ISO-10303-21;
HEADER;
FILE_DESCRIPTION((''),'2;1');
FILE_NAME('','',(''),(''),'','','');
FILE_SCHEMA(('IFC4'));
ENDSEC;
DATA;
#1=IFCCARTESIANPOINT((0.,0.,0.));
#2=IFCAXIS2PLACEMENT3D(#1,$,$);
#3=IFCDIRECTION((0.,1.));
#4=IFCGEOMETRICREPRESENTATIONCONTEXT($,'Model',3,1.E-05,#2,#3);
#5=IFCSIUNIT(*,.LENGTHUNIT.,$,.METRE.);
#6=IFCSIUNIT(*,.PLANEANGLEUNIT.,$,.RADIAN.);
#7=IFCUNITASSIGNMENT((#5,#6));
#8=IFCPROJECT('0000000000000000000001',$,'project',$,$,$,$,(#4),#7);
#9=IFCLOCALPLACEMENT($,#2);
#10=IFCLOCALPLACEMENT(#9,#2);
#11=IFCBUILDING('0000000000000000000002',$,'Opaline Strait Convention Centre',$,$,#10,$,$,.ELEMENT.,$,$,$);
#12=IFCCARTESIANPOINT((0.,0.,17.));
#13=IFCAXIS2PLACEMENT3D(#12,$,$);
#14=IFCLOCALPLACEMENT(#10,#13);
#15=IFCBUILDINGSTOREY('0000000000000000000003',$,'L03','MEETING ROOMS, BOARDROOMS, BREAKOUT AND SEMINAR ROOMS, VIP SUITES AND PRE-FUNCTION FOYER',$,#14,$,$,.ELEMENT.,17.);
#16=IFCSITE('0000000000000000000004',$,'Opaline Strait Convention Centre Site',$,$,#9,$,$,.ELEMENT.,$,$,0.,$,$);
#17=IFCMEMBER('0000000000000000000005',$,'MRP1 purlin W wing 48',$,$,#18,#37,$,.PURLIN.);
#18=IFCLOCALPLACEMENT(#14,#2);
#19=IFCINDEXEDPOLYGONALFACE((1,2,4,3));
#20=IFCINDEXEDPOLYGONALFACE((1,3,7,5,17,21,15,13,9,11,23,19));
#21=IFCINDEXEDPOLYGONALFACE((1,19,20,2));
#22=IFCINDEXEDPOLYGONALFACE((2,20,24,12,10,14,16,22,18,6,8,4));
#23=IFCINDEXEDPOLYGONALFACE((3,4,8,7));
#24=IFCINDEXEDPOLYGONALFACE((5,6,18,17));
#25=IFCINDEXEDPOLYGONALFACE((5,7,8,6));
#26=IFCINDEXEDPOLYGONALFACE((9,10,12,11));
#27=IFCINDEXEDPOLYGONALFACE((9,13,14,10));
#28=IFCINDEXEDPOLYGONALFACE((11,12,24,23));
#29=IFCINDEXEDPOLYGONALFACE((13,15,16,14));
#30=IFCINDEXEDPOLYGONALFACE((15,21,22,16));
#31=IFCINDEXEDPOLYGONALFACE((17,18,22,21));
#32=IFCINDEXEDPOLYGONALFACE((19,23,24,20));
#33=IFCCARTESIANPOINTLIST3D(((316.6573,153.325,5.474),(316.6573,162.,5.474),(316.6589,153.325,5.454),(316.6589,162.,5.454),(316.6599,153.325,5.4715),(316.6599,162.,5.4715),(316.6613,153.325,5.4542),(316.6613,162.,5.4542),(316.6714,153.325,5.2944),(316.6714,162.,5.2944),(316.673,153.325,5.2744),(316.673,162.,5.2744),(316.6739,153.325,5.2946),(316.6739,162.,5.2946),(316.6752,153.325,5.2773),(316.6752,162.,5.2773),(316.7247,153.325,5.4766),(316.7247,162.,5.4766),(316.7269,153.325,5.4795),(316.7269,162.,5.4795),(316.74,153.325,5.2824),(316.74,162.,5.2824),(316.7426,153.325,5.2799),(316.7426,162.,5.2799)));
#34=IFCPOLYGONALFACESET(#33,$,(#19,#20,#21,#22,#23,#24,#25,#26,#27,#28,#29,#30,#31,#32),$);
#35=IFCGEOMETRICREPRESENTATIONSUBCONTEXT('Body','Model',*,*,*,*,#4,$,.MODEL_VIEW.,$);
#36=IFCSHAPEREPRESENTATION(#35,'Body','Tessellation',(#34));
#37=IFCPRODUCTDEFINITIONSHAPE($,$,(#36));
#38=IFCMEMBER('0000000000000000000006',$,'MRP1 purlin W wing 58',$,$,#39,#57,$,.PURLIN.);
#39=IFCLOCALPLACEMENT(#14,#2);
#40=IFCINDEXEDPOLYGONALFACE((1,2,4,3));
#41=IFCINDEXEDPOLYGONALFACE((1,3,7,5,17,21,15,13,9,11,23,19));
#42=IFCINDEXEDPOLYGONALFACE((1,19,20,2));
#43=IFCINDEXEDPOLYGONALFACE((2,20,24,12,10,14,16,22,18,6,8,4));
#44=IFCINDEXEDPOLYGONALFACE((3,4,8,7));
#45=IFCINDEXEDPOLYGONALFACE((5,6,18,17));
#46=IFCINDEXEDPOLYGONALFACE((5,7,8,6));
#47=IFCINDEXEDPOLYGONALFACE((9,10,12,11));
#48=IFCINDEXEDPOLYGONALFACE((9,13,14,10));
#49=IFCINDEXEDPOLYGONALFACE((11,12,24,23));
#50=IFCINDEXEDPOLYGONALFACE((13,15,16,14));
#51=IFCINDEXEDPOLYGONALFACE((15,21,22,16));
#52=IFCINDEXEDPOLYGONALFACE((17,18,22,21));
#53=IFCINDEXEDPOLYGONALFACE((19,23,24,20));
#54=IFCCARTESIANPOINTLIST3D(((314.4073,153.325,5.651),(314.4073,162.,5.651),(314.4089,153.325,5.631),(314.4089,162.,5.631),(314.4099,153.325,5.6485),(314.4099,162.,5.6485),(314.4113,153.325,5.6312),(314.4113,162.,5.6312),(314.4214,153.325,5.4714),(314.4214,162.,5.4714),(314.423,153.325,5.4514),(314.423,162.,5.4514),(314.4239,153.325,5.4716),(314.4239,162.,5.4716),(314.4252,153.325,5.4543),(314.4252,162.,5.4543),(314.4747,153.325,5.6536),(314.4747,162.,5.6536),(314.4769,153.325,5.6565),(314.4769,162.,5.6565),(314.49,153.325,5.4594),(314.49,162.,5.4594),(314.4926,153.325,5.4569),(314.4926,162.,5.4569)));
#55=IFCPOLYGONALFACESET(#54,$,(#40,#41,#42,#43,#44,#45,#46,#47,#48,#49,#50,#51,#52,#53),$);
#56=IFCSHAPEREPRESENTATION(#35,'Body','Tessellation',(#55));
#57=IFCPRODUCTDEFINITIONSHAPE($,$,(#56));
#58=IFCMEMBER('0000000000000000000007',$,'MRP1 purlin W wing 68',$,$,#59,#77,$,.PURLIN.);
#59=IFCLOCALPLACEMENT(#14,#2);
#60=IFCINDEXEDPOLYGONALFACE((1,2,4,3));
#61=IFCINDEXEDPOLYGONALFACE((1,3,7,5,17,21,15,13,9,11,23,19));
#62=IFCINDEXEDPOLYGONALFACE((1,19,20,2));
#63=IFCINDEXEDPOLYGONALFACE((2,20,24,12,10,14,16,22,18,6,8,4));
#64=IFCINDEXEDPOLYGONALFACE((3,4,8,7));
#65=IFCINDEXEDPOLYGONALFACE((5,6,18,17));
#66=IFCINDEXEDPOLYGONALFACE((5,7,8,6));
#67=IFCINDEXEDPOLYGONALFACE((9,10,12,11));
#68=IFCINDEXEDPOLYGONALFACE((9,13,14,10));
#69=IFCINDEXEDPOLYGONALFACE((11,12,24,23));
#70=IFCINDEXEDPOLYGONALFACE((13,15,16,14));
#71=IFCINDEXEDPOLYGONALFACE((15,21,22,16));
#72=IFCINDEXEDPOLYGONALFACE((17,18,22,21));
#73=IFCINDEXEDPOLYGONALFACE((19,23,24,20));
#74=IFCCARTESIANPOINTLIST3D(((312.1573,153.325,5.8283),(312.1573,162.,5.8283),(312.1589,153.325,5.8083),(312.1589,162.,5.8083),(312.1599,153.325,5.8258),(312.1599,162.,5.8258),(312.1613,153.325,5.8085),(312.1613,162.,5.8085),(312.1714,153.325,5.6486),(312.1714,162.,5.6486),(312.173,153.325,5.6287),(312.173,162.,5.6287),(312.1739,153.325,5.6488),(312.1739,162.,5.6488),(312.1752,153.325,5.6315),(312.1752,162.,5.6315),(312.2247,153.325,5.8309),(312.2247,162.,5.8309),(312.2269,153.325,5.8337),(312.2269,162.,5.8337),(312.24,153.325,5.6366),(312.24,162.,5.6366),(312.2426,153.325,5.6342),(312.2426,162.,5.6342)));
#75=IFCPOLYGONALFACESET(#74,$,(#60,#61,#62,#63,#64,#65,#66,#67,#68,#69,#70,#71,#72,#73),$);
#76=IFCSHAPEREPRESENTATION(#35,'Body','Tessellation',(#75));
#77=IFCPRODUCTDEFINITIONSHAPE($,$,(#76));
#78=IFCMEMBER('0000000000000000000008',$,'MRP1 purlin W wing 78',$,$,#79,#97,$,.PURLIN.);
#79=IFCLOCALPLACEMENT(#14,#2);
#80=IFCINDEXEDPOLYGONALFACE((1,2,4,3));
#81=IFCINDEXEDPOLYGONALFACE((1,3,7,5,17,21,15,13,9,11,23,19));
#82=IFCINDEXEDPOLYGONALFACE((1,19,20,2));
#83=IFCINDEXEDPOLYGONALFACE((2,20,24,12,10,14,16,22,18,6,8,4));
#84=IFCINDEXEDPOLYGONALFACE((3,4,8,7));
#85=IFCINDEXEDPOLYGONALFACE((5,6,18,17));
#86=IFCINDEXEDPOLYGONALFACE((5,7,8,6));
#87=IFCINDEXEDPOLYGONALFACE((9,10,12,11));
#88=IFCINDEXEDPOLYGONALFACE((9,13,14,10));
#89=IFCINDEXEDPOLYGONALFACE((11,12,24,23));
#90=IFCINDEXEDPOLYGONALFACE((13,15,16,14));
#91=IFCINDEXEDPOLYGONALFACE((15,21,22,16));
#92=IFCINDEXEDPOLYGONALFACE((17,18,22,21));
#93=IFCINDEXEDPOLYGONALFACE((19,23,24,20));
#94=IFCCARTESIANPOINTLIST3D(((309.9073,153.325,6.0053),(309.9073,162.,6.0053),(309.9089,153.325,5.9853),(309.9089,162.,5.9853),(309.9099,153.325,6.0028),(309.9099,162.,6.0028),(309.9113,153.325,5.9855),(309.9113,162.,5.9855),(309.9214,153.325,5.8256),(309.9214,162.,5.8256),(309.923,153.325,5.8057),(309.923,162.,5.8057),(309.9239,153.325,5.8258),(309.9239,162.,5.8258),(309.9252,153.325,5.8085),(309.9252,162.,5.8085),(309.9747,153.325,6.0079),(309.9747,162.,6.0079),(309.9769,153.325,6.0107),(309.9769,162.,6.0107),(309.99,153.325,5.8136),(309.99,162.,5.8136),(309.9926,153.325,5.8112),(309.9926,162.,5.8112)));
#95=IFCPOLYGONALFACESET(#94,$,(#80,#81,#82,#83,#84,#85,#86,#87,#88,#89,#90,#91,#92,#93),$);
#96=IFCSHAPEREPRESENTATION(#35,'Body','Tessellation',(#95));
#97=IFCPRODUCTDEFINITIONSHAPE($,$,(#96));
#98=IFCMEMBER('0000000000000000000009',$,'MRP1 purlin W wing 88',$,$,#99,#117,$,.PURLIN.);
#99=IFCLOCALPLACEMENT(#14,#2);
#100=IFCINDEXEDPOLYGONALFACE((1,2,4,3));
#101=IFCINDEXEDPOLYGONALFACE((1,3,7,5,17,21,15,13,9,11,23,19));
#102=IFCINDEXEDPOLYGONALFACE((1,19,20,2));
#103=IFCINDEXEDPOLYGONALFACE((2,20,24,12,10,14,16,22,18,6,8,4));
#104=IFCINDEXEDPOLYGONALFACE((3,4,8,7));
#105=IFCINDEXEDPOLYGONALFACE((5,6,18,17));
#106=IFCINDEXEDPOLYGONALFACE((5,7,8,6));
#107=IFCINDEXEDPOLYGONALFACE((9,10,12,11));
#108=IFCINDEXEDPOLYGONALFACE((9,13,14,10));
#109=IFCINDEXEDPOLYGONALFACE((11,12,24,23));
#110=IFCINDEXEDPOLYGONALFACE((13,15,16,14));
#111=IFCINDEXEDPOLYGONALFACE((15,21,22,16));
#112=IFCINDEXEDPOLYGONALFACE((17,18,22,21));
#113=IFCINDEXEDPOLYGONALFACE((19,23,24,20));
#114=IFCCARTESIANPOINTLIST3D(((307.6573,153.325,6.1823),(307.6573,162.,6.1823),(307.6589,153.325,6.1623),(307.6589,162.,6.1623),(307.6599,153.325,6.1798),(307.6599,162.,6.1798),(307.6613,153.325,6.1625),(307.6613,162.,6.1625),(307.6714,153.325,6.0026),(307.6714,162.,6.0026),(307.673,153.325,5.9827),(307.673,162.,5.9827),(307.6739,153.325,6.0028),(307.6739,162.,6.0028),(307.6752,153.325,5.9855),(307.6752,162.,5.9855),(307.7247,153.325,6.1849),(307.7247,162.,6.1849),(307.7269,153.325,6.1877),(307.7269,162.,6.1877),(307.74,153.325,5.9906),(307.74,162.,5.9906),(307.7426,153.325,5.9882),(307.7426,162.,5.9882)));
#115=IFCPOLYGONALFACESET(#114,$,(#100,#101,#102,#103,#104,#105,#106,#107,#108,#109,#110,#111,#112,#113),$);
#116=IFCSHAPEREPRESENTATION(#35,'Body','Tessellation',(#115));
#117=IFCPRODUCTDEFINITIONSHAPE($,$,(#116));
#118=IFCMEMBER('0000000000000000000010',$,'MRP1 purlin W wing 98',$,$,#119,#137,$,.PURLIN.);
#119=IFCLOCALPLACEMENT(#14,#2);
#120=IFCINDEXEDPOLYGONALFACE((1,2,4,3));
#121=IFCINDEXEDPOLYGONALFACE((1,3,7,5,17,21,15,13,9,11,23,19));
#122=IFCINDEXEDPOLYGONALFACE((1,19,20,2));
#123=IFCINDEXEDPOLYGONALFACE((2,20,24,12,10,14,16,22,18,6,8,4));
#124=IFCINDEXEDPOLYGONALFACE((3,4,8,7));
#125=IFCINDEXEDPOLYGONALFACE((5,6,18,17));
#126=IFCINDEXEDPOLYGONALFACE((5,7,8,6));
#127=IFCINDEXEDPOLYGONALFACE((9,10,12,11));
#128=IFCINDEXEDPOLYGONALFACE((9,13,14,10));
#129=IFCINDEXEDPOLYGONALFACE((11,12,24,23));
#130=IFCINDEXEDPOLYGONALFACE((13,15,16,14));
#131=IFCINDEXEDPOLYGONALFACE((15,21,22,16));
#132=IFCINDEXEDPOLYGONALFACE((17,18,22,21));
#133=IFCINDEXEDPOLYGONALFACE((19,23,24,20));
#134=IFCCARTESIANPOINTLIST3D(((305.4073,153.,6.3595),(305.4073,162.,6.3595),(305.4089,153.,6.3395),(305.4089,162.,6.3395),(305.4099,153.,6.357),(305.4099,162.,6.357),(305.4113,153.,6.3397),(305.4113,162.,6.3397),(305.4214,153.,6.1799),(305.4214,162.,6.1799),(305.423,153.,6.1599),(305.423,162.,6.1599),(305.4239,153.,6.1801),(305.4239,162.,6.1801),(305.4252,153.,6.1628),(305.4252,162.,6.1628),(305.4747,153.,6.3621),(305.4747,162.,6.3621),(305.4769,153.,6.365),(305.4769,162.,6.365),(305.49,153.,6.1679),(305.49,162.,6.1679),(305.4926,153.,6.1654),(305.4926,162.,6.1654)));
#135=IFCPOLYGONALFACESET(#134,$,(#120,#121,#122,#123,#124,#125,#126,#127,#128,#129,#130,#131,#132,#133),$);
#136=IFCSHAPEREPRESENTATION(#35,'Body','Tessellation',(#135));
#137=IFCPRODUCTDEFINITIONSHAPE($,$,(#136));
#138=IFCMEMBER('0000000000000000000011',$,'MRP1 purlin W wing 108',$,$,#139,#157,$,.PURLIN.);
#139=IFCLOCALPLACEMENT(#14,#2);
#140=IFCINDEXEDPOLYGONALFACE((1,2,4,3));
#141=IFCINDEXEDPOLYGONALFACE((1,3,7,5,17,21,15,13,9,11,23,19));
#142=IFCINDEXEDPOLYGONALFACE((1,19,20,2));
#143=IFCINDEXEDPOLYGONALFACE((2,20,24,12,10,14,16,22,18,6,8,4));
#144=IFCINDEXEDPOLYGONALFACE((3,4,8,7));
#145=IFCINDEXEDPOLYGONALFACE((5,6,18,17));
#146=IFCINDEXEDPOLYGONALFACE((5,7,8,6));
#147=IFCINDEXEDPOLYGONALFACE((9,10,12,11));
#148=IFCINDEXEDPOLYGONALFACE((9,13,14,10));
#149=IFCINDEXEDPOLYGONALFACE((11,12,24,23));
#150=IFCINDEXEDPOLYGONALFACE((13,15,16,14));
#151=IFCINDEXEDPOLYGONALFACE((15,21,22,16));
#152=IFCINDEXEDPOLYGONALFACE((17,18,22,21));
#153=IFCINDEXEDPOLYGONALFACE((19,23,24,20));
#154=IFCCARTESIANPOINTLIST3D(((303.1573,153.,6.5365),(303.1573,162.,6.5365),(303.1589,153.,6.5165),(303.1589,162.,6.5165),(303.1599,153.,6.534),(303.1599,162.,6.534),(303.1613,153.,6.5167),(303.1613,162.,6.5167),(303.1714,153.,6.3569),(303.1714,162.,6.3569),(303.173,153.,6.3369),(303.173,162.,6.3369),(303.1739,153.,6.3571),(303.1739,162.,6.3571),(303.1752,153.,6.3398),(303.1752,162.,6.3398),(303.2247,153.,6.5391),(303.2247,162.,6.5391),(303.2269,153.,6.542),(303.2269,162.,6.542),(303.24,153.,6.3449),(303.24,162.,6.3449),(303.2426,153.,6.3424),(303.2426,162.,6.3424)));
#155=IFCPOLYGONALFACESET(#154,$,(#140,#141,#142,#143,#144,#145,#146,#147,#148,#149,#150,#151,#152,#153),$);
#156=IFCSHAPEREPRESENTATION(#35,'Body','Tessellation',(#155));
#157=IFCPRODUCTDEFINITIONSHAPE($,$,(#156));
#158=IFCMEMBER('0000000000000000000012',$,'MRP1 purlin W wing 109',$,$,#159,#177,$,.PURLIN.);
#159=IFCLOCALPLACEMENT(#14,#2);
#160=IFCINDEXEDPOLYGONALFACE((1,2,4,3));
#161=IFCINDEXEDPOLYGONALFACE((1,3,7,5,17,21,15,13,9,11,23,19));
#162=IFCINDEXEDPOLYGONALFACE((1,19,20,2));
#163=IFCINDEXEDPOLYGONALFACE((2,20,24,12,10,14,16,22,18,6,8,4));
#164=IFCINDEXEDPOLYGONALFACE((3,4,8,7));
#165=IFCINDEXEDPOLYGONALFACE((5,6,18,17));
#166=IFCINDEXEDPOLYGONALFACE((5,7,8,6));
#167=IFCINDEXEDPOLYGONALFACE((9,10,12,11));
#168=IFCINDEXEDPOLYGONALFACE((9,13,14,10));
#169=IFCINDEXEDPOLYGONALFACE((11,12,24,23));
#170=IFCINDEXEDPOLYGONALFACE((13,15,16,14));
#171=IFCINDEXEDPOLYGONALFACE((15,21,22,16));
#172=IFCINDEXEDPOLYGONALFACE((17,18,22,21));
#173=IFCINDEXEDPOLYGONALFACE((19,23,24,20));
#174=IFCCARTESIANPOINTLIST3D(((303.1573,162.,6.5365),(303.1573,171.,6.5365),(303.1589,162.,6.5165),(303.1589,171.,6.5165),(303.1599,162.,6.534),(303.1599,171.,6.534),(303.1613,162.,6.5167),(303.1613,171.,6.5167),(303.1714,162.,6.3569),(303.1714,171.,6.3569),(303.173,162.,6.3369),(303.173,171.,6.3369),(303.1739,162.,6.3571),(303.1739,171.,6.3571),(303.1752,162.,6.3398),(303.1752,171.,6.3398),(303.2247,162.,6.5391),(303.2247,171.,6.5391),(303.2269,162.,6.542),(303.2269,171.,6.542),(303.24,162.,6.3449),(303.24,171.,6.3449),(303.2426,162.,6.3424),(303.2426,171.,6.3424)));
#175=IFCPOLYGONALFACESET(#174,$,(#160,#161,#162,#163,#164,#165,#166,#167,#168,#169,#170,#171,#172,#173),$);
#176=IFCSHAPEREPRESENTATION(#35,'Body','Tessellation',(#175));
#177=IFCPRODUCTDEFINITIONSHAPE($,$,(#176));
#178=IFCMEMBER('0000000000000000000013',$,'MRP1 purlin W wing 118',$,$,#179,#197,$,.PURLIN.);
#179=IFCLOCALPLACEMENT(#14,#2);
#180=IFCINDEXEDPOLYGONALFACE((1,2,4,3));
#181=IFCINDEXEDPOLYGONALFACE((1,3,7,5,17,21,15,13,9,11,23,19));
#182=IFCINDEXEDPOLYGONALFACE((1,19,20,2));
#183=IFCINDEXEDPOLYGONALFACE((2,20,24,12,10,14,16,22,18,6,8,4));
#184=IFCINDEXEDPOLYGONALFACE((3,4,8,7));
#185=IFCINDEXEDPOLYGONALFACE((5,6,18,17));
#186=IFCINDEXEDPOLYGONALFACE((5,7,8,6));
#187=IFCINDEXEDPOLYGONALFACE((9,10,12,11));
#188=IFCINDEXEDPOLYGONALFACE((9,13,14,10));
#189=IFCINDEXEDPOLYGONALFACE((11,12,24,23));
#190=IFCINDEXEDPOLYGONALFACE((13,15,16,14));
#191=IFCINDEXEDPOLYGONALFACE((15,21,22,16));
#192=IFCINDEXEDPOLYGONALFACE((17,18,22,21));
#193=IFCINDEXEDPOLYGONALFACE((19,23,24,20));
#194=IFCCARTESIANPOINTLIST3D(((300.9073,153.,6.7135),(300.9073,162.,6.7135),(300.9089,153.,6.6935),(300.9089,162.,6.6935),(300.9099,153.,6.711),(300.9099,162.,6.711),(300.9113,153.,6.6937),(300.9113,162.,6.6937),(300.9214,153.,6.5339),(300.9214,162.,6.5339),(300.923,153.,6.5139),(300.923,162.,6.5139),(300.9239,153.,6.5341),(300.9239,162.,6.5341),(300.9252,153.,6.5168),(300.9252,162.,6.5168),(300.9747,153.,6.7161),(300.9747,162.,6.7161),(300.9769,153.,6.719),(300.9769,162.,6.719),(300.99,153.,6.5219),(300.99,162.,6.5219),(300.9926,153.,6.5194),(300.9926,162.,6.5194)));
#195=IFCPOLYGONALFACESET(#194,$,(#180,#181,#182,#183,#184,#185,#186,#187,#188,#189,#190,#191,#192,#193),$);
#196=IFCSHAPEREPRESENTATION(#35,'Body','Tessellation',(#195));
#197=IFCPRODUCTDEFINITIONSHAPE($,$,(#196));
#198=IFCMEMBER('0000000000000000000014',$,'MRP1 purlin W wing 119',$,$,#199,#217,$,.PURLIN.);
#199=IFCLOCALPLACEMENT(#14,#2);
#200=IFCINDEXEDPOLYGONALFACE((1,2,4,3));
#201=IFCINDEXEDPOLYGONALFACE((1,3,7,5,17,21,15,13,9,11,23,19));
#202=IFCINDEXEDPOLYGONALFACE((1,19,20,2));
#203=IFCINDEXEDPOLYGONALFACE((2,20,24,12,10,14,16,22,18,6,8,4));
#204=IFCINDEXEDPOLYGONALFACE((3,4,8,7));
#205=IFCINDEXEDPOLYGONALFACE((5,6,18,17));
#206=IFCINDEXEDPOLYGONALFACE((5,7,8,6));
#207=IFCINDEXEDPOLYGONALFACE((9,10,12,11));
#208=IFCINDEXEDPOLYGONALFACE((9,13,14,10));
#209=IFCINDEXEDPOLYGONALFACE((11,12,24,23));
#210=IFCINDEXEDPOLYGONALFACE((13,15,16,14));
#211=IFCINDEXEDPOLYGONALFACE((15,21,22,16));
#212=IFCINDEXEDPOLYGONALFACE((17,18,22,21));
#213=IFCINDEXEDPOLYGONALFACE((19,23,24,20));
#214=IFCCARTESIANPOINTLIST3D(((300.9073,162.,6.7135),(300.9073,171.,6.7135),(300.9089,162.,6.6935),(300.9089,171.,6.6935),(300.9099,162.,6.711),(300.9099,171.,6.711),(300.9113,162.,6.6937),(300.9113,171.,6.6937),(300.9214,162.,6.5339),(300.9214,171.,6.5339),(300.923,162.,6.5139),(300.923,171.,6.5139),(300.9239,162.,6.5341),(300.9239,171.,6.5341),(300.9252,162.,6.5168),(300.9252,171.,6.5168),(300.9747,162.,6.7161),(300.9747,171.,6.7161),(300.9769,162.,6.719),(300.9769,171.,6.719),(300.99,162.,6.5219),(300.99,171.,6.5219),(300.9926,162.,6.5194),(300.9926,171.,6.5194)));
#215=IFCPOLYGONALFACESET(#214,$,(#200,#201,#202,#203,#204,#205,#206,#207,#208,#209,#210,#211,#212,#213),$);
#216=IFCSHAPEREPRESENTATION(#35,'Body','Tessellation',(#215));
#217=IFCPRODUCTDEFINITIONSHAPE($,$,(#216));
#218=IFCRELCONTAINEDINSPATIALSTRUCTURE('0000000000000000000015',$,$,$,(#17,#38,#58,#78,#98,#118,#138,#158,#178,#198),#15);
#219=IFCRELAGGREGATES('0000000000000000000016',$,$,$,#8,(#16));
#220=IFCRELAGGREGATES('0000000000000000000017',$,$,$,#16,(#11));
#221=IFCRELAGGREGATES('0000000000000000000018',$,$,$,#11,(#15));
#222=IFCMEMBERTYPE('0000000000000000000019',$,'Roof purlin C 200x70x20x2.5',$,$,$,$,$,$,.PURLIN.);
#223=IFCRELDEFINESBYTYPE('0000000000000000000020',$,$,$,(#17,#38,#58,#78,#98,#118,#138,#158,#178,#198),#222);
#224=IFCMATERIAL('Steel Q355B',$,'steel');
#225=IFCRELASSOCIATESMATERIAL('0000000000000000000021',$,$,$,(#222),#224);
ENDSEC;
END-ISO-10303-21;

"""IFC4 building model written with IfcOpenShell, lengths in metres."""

from ifc_helpers import new_model, si_unit, direction, frame, origin, place, context, subcontext, project, spatial, polyline, outline, extrude, material, material_profile, profile_set, type_object, element, save


model = new_model("IFC4")

# Units and contexts
model_context = context("Model", 3, precision=1e-05, world=origin(), true_north=direction((0.0, 1.0)))
body_context = subcontext(model_context, "Body", "Model", "MODEL_VIEW")
ifc_project = project(units=[si_unit("LENGTHUNIT", "METRE"), si_unit("PLANEANGLEUNIT", "RADIAN")], contexts=[model_context])

# Site, building, storey
site_placement = place(None, origin())
site = spatial("IfcSite", under=ifc_project, at=site_placement, Name="Opaline Strait Convention Centre Site", CompositionType="ELEMENT", RefElevation=0.0)
building_placement = place(site_placement, origin())
building = spatial("IfcBuilding", under=site, at=building_placement, Name="Opaline Strait Convention Centre", CompositionType="ELEMENT")
storey_placement = place(building_placement, frame((0.0, 0.0, 17.0)))
storey = spatial("IfcBuildingStorey", under=building, at=storey_placement, Name="L03", Description="MEETING ROOMS, BOARDROOMS, BREAKOUT AND SEMINAR ROOMS, VIP SUITES AND PRE-FUNCTION FOYER", CompositionType="ELEMENT", Elevation=17.0)

# Members
ifc_material_1 = material(Name="Steel Q355B", Category="steel")
ifc_material_profile = material_profile(ifc_material_1, outline(polyline([(-0.0349, -0.1001), (0.0349, -0.1001), (0.0349, -0.0801), (0.0325, -0.0801), (0.0325, -0.0974), (-0.0325, -0.0974), (-0.0325, 0.0974), (0.0325, 0.0974), (0.0325, 0.0801), (0.0349, 0.0801), (0.0349, 0.1001), (-0.0349, 0.1001), (-0.0349, -0.1001)])), Name="C 200x70x20x2.5")
ifc_profile_set = profile_set([ifc_material_profile], Name="Steel Q355B")
member_type = type_object("IfcMemberType", Name="Roof purlin C 200x70x20x2.5", PredefinedType="PURLIN", material=ifc_profile_set)
for number, where, z_axis, x_axis, name in (
    (1, (316.7, 153.325, 5.377), (0.0, 1.0, 0.0), (-0.996917, 0.0, -0.078459), "MRP1 purlin W wing 48"),
    (2, (314.45, 153.325, 5.554), (0.0, 1.0, 0.0), (-0.996917, 0.0, -0.078459), "MRP1 purlin W wing 58"),
    (3, (312.2, 153.325, 5.7312), (0.0, 1.0, 0.0), (-0.996917, 0.0, -0.078459), "MRP1 purlin W wing 68"),
    (4, (309.95, 153.325, 5.9082), (0.0, 1.0, 0.0), (-0.996917, 0.0, -0.078459), "MRP1 purlin W wing 78"),
    (5, (307.7, 153.325, 6.0852), (0.0, 1.0, 0.0), (-0.996917, 0.0, -0.078459), "MRP1 purlin W wing 88"),
):
    element("IfcMember", number, at=place(storey_placement, frame(where, z_axis=z_axis, x_axis=x_axis)), inside=storey, type_object=member_type, Name=name, PredefinedType="PURLIN", context=body_context, shape_type="SweptSolid", body=[
        extrude(outline(polyline([(-0.0349, -0.1001), (0.0349, -0.1001), (0.0349, -0.0801), (0.0325, -0.0801), (0.0325, -0.0974), (-0.0325, -0.0974), (-0.0325, 0.0974), (0.0325, 0.0974), (0.0325, 0.0801), (0.0349, 0.0801), (0.0349, 0.1001), (-0.0349, 0.1001), (-0.0349, -0.1001)])), origin(), (0.0, 0.0, 1.0), 8.675),
    ])
for number, where, z_axis, x_axis, name in (
    (6, (305.45, 153.0, 6.2625), (0.0, 1.0, 0.0), (-0.996917, 0.0, -0.078459), "MRP1 purlin W wing 98"),
    (7, (303.2, 153.0, 6.4395), (0.0, 1.0, 0.0), (-0.996917, 0.0, -0.078459), "MRP1 purlin W wing 108"),
    (8, (303.2, 162.0, 6.4395), (0.0, 1.0, 0.0), (-0.996917, 0.0, -0.078459), "MRP1 purlin W wing 109"),
    (9, (300.95, 153.0, 6.6165), (0.0, 1.0, 0.0), (-0.996917, 0.0, -0.078459), "MRP1 purlin W wing 118"),
    (10, (300.95, 162.0, 6.6165), (0.0, 1.0, 0.0), (-0.996917, 0.0, -0.078459), "MRP1 purlin W wing 119"),
):
    element("IfcMember", number, at=place(storey_placement, frame(where, z_axis=z_axis, x_axis=x_axis)), inside=storey, type_object=member_type, Name=name, PredefinedType="PURLIN", context=body_context, shape_type="SweptSolid", body=[
        extrude(outline(polyline([(-0.0349, -0.1001), (0.0349, -0.1001), (0.0349, -0.0801), (0.0325, -0.0801), (0.0325, -0.0974), (-0.0325, -0.0974), (-0.0325, 0.0974), (0.0325, 0.0974), (0.0325, 0.0801), (0.0349, 0.0801), (0.0349, 0.1001), (-0.0349, 0.1001), (-0.0349, -0.1001)])), origin(), (0.0, 0.0, 1.0), 9.0),
    ])

save(model, "model.ifc")
